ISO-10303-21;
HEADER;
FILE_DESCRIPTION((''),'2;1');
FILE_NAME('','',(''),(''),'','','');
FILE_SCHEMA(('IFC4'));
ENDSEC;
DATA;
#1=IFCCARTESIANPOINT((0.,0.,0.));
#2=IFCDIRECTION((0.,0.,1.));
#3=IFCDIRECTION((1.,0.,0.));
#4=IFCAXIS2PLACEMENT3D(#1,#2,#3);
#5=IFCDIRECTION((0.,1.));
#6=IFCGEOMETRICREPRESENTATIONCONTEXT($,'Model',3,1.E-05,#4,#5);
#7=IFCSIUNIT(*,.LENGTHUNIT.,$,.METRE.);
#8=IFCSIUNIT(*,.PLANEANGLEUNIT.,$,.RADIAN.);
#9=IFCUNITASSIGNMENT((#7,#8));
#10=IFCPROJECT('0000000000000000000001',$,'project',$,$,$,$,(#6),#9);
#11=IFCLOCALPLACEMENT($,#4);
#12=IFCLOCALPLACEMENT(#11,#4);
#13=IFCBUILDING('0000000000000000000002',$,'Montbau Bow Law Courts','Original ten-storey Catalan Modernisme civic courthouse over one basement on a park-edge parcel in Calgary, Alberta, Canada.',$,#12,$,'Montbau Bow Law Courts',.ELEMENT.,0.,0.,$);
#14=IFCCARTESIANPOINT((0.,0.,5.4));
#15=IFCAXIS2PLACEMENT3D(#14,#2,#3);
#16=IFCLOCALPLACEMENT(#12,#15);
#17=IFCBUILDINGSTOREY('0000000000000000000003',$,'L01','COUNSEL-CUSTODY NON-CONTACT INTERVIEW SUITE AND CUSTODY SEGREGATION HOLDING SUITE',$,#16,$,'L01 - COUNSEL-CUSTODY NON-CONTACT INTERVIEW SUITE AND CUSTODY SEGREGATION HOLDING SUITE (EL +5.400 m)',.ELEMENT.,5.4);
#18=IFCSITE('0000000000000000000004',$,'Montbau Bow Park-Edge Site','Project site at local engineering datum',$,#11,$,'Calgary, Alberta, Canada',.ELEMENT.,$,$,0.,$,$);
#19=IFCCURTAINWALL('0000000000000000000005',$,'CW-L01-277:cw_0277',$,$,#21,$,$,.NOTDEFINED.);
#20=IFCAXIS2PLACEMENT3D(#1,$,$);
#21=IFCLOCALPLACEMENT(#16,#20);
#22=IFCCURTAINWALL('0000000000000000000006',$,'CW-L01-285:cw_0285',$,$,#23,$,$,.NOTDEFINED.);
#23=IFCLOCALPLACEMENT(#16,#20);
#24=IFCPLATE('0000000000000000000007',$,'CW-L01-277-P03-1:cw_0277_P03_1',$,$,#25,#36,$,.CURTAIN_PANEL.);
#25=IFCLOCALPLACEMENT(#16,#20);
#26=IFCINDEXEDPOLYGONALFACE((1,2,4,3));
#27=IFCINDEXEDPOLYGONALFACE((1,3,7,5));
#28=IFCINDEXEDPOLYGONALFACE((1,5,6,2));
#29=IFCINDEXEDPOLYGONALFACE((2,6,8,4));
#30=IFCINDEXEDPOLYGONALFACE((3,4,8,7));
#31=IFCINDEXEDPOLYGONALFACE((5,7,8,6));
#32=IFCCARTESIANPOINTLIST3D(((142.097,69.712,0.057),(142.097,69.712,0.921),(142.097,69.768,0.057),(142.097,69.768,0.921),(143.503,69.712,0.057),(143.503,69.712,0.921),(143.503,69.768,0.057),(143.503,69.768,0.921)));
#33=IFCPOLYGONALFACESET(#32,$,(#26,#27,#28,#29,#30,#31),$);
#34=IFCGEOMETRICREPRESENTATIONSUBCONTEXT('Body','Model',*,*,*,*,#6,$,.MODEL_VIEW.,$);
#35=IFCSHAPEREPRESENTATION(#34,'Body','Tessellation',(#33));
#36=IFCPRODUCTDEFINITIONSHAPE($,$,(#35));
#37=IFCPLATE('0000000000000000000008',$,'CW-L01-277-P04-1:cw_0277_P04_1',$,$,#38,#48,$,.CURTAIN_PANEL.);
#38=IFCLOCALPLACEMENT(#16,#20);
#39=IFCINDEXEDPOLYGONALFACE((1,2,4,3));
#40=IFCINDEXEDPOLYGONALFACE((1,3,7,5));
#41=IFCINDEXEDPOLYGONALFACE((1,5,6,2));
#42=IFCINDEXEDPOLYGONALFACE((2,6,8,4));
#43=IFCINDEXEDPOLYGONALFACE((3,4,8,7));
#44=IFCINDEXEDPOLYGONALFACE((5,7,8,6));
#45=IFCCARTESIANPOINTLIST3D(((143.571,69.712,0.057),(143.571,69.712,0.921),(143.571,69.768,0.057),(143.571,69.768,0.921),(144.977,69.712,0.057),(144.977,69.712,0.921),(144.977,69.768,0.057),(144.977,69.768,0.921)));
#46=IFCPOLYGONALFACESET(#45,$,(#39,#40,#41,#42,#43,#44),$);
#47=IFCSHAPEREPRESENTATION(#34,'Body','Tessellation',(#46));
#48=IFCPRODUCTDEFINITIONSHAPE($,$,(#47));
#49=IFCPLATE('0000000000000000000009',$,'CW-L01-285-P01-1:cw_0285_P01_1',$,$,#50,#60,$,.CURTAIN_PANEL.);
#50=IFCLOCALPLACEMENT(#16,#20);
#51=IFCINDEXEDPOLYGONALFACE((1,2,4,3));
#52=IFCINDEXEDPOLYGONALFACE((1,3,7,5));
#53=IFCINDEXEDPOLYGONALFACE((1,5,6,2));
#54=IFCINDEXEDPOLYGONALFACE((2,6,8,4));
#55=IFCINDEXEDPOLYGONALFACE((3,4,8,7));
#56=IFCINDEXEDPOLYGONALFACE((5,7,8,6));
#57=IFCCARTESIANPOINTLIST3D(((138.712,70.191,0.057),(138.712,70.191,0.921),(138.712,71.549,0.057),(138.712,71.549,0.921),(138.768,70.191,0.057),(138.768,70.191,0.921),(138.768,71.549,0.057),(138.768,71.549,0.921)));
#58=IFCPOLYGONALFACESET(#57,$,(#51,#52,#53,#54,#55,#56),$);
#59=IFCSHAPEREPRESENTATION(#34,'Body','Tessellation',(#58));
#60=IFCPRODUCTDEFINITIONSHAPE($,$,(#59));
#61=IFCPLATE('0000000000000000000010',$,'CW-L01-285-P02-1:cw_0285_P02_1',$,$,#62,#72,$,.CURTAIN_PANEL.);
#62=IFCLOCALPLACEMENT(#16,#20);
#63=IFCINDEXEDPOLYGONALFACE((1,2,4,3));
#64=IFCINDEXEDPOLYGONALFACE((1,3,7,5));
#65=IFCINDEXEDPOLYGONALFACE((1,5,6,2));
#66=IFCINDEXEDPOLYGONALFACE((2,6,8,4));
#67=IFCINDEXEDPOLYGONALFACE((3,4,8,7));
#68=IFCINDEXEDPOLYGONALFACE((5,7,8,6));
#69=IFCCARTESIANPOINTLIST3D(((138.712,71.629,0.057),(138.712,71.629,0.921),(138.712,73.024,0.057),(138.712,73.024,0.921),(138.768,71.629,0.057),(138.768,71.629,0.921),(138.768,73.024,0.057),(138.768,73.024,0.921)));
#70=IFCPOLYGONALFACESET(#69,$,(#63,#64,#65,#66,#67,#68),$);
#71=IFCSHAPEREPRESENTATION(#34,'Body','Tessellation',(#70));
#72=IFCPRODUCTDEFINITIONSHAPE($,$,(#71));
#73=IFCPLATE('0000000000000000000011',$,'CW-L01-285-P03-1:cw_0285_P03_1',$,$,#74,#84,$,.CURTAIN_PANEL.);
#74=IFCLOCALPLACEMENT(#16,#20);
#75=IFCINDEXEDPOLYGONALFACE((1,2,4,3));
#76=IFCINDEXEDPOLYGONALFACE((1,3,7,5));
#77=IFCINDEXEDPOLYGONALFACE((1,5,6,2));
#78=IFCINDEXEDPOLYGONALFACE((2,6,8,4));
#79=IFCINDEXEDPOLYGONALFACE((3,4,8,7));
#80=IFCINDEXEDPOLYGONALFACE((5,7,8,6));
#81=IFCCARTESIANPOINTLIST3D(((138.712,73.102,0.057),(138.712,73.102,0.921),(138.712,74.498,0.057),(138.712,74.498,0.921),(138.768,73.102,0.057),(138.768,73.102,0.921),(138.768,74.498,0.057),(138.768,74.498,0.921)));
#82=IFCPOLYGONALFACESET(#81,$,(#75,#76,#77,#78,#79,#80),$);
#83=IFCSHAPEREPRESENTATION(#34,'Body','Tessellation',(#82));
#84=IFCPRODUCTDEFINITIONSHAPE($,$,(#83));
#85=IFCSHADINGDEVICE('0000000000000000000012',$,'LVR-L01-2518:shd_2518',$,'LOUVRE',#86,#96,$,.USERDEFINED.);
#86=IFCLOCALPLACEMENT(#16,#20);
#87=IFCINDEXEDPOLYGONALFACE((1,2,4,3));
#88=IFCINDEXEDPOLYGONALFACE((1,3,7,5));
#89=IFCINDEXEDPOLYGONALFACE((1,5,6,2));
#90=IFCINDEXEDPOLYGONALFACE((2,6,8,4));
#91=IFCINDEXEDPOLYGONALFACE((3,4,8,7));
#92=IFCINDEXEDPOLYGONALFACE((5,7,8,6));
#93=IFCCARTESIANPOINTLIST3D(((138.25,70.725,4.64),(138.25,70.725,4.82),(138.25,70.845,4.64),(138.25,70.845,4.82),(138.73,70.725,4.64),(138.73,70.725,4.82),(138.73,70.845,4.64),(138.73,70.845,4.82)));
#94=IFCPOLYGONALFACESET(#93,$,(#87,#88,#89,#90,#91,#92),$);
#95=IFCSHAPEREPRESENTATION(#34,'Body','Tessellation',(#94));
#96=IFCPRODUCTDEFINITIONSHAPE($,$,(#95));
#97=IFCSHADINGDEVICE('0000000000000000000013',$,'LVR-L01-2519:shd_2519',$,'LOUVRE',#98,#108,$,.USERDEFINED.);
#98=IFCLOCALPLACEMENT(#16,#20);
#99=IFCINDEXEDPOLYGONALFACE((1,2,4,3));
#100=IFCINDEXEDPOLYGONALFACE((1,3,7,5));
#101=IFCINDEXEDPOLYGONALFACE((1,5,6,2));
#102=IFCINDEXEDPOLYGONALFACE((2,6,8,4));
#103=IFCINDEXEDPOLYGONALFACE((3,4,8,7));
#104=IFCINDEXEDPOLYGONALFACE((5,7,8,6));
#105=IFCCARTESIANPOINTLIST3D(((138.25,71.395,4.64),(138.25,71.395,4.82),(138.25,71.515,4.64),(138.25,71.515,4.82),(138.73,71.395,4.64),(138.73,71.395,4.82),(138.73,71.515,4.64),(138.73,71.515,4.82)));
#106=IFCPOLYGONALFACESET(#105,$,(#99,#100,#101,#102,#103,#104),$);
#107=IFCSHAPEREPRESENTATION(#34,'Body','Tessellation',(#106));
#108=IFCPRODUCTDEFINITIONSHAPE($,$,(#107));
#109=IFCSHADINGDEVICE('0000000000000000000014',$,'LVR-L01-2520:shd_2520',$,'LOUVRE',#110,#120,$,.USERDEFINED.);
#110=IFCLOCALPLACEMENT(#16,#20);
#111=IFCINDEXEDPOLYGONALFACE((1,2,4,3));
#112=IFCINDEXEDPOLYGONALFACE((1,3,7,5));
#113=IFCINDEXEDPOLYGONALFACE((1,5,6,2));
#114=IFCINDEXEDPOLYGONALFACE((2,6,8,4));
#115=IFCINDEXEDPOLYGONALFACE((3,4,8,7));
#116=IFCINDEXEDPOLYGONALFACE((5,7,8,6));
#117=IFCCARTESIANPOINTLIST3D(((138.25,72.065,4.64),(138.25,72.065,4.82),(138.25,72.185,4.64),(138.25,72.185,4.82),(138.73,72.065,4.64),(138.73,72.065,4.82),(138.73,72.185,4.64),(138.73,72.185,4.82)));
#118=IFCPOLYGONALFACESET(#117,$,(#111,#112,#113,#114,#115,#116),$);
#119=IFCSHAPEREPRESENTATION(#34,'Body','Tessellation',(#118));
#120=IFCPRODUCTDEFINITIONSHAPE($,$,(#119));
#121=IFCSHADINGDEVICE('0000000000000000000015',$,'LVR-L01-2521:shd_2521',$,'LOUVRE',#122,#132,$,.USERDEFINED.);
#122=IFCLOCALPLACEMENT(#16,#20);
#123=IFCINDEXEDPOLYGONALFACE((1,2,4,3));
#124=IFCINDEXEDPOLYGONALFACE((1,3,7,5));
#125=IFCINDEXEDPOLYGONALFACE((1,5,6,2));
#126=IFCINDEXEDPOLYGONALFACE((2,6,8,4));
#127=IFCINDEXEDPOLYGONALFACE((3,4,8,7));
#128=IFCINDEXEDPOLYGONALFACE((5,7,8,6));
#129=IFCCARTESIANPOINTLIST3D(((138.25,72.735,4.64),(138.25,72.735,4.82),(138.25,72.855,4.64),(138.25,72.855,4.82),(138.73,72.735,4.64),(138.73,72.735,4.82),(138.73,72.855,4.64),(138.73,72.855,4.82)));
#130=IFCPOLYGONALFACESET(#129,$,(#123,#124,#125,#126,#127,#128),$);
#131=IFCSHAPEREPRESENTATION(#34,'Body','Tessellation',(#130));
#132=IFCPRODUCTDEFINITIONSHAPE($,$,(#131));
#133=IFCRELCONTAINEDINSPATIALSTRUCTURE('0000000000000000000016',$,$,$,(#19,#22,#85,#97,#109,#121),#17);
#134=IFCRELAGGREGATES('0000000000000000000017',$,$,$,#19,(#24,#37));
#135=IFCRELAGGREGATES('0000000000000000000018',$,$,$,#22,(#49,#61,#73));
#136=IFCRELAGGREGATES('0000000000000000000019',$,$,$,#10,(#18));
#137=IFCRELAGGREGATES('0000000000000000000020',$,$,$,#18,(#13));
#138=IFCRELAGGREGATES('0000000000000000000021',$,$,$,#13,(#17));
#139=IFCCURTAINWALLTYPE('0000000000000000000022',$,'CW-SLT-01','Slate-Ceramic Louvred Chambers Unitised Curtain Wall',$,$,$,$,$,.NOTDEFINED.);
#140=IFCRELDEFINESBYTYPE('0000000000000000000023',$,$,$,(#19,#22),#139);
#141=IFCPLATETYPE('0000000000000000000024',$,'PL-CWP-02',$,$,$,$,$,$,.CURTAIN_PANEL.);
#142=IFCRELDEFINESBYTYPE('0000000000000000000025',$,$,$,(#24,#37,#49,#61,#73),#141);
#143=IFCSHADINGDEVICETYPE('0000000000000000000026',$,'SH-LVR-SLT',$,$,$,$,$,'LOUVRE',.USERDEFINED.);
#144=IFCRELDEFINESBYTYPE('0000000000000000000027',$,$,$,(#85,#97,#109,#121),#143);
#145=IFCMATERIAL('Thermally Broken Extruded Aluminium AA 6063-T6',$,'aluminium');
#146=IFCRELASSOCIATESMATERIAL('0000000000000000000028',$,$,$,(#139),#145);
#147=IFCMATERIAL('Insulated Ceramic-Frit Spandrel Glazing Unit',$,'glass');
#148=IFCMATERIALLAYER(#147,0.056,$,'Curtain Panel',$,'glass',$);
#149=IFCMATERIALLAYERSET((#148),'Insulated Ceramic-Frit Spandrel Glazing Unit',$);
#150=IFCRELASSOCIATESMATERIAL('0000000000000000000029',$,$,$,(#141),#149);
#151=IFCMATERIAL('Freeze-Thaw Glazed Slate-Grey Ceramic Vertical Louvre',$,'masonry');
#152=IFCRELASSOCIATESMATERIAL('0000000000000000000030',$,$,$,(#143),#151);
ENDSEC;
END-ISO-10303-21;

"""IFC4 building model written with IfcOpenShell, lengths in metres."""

from ifc_helpers import new_model, si_unit, direction, frame, frame_2d, origin_with_axes, origin_2d_with_axis, place, context, subcontext, project, spatial, rectangle, extrude, material, layer, layer_set, type_object, element, aggregate, save


model = new_model("IFC4")

# Units and contexts
model_context = context("Model", 3, precision=1e-05, world=origin_with_axes(), true_north=direction((0.0, 1.0)))
body_context = subcontext(model_context, "Body", "Model", "MODEL_VIEW")
ifc_project = project(units=[si_unit("LENGTHUNIT", "METRE"), si_unit("PLANEANGLEUNIT", "RADIAN")], contexts=[model_context])

# Site, building, storey
site_placement = place(None, origin_with_axes())
site = spatial("IfcSite", under=ifc_project, at=site_placement, Name="Montbau Bow Park-Edge Site", Description="Project site at local engineering datum", LongName="Calgary, Alberta, Canada", CompositionType="ELEMENT", RefElevation=0.0)
building_placement = place(site_placement, origin_with_axes())
building = spatial("IfcBuilding", under=site, at=building_placement, Name="Montbau Bow Law Courts", Description="Original ten-storey Catalan Modernisme civic courthouse over one basement on a park-edge parcel in Calgary, Alberta, Canada.", LongName="Montbau Bow Law Courts", CompositionType="ELEMENT", ElevationOfRefHeight=0.0, ElevationOfTerrain=0.0)
storey_placement = place(building_placement, frame((0.0, 0.0, 5.4), z_axis=(0.0, 0.0, 1.0), x_axis=(1.0, 0.0, 0.0)))
storey = spatial("IfcBuildingStorey", under=building, at=storey_placement, Name="L01", Description="COUNSEL-CUSTODY NON-CONTACT INTERVIEW SUITE AND CUSTODY SEGREGATION HOLDING SUITE", LongName="L01 - COUNSEL-CUSTODY NON-CONTACT INTERVIEW SUITE AND CUSTODY SEGREGATION HOLDING SUITE (EL +5.400 m)", CompositionType="ELEMENT", Elevation=5.4)

# Curtain walls
ifc_material_1 = material(Name="Thermally Broken Extruded Aluminium AA 6063-T6", Category="aluminium")
curtain_wall_type = type_object("IfcCurtainWallType", Name="CW-SLT-01", Description="Slate-Ceramic Louvred Chambers Unitised Curtain Wall", PredefinedType="NOTDEFINED", material=ifc_material_1)
curtain_wall_1_placement = place(None, frame((139.115, 69.74, 5.4), z_axis=(0.0, 0.0, 1.0), x_axis=(1.0, 0.0, 0.0)))
curtain_wall_1 = element("IfcCurtainWall", 1, at=curtain_wall_1_placement, inside=storey, type_object=curtain_wall_type, Name="CW-L01-277:cw_0277", PredefinedType="NOTDEFINED")
curtain_wall_2_placement = place(None, frame((138.74, 70.115, 5.4), z_axis=(0.0, 0.0, 1.0), x_axis=(1.0, 0.0, 0.0)))
curtain_wall_2 = element("IfcCurtainWall", 2, at=curtain_wall_2_placement, inside=storey, type_object=curtain_wall_type, Name="CW-L01-285:cw_0285", PredefinedType="NOTDEFINED")

# Plates
ifc_material_2 = material(Name="Insulated Ceramic-Frit Spandrel Glazing Unit", Category="glass")
ifc_layer_1 = layer(ifc_material_2, 0.056, Name="Curtain Panel", Category="glass")
ifc_layer_set_1 = layer_set([ifc_layer_1], Name="Insulated Ceramic-Frit Spandrel Glazing Unit")
plate_type_1 = type_object("IfcPlateType", Name="PL-CWP-02", PredefinedType="CURTAIN_PANEL", material=ifc_layer_set_1)
plate_1_placement = place(None, frame((142.097, 69.74, 5.457), z_axis=(0.0, -1.0, 0.0), x_axis=(1.0, 0.0, 0.0)))
plate_1 = element("IfcPlate", 3, at=plate_1_placement, type_object=plate_type_1, Name="CW-L01-277-P03-1:cw_0277_P03_1", PredefinedType="CURTAIN_PANEL", context=body_context, shape_type="SweptSolid", body=[
    extrude(rectangle(XDim=1.406, YDim=0.864, at=frame_2d((0.703, 0.432), x_axis=(1.0, 0.0))), frame((0.0, 0.0, -0.028), z_axis=(0.0, 0.0, 1.0), x_axis=(1.0, 0.0, 0.0)), (0.0, 0.0, 1.0), 0.056),
])
plate_2_placement = place(None, frame((143.571, 69.74, 5.457), z_axis=(0.0, -1.0, 0.0), x_axis=(1.0, 0.0, 0.0)))
plate_2 = element("IfcPlate", 4, at=plate_2_placement, type_object=plate_type_1, Name="CW-L01-277-P04-1:cw_0277_P04_1", PredefinedType="CURTAIN_PANEL", context=body_context, shape_type="SweptSolid", body=[
    extrude(rectangle(XDim=1.406, YDim=0.864, at=frame_2d((0.703, 0.432), x_axis=(1.0, 0.0))), frame((0.0, 0.0, -0.028), z_axis=(0.0, 0.0, 1.0), x_axis=(1.0, 0.0, 0.0)), (0.0, 0.0, 1.0), 0.056),
])
aggregate(curtain_wall_1, [plate_1, plate_2])
plate_3_placement = place(None, frame((138.74, 70.191, 5.457), z_axis=(1.0, 0.0, 0.0), x_axis=(0.0, 1.0, 0.0)))
plate_3 = element("IfcPlate", 5, at=plate_3_placement, type_object=plate_type_1, Name="CW-L01-285-P01-1:cw_0285_P01_1", PredefinedType="CURTAIN_PANEL", context=body_context, shape_type="SweptSolid", body=[
    extrude(rectangle(XDim=1.358, YDim=0.864, at=frame_2d((0.679, 0.432), x_axis=(1.0, 0.0))), frame((0.0, 0.0, -0.028), z_axis=(0.0, 0.0, 1.0), x_axis=(1.0, 0.0, 0.0)), (0.0, 0.0, 1.0), 0.056),
])
plate_4_placement = place(None, frame((138.74, 71.629, 5.457), z_axis=(1.0, 0.0, 0.0), x_axis=(0.0, 1.0, 0.0)))
plate_4 = element("IfcPlate", 6, at=plate_4_placement, type_object=plate_type_1, Name="CW-L01-285-P02-1:cw_0285_P02_1", PredefinedType="CURTAIN_PANEL", context=body_context, shape_type="SweptSolid", body=[
    extrude(rectangle(XDim=1.395, YDim=0.864, at=frame_2d((0.6975, 0.432), x_axis=(1.0, 0.0))), frame((0.0, 0.0, -0.028), z_axis=(0.0, 0.0, 1.0), x_axis=(1.0, 0.0, 0.0)), (0.0, 0.0, 1.0), 0.056),
])
plate_5_placement = place(None, frame((138.74, 73.102, 5.457), z_axis=(1.0, 0.0, 0.0), x_axis=(0.0, 1.0, 0.0)))
plate_5 = element("IfcPlate", 7, at=plate_5_placement, type_object=plate_type_1, Name="CW-L01-285-P03-1:cw_0285_P03_1", PredefinedType="CURTAIN_PANEL", context=body_context, shape_type="SweptSolid", body=[
    extrude(rectangle(XDim=1.396, YDim=0.864, at=frame_2d((0.698, 0.432), x_axis=(1.0, 0.0))), frame((0.0, 0.0, -0.028), z_axis=(0.0, 0.0, 1.0), x_axis=(1.0, 0.0, 0.0)), (0.0, 0.0, 1.0), 0.056),
])
aggregate(curtain_wall_2, [plate_3, plate_4, plate_5])

# Shading devices
ifc_material_3 = material(Name="Freeze-Thaw Glazed Slate-Grey Ceramic Vertical Louvre", Category="masonry")
shading_device_type = type_object("IfcShadingDeviceType", Name="SH-LVR-SLT", ElementType="LOUVRE", PredefinedType="USERDEFINED", material=ifc_material_3)
for number, where, z_axis, x_axis, name in (
    (8, (138.49, 70.785, 10.04), (0.0, 0.0, 1.0), (-1.0, 0.0, 0.0), "LVR-L01-2518:shd_2518"),
    (9, (138.49, 71.455, 10.04), (0.0, 0.0, 1.0), (-1.0, 0.0, 0.0), "LVR-L01-2519:shd_2519"),
    (10, (138.49, 72.125, 10.04), (0.0, 0.0, 1.0), (-1.0, 0.0, 0.0), "LVR-L01-2520:shd_2520"),
    (11, (138.49, 72.795, 10.04), (0.0, 0.0, 1.0), (-1.0, 0.0, 0.0), "LVR-L01-2521:shd_2521"),
):
    element("IfcShadingDevice", number, at=place(None, frame(where, z_axis=z_axis, x_axis=x_axis)), inside=storey, type_object=shading_device_type, Name=name, ObjectType="LOUVRE", PredefinedType="USERDEFINED", context=body_context, shape_type="SweptSolid", body=[
        extrude(rectangle(XDim=0.48, YDim=0.12, at=origin_2d_with_axis()), origin_with_axes(), (0.0, 0.0, 1.0), 0.18),
    ])

save(model, "model.ifc")
